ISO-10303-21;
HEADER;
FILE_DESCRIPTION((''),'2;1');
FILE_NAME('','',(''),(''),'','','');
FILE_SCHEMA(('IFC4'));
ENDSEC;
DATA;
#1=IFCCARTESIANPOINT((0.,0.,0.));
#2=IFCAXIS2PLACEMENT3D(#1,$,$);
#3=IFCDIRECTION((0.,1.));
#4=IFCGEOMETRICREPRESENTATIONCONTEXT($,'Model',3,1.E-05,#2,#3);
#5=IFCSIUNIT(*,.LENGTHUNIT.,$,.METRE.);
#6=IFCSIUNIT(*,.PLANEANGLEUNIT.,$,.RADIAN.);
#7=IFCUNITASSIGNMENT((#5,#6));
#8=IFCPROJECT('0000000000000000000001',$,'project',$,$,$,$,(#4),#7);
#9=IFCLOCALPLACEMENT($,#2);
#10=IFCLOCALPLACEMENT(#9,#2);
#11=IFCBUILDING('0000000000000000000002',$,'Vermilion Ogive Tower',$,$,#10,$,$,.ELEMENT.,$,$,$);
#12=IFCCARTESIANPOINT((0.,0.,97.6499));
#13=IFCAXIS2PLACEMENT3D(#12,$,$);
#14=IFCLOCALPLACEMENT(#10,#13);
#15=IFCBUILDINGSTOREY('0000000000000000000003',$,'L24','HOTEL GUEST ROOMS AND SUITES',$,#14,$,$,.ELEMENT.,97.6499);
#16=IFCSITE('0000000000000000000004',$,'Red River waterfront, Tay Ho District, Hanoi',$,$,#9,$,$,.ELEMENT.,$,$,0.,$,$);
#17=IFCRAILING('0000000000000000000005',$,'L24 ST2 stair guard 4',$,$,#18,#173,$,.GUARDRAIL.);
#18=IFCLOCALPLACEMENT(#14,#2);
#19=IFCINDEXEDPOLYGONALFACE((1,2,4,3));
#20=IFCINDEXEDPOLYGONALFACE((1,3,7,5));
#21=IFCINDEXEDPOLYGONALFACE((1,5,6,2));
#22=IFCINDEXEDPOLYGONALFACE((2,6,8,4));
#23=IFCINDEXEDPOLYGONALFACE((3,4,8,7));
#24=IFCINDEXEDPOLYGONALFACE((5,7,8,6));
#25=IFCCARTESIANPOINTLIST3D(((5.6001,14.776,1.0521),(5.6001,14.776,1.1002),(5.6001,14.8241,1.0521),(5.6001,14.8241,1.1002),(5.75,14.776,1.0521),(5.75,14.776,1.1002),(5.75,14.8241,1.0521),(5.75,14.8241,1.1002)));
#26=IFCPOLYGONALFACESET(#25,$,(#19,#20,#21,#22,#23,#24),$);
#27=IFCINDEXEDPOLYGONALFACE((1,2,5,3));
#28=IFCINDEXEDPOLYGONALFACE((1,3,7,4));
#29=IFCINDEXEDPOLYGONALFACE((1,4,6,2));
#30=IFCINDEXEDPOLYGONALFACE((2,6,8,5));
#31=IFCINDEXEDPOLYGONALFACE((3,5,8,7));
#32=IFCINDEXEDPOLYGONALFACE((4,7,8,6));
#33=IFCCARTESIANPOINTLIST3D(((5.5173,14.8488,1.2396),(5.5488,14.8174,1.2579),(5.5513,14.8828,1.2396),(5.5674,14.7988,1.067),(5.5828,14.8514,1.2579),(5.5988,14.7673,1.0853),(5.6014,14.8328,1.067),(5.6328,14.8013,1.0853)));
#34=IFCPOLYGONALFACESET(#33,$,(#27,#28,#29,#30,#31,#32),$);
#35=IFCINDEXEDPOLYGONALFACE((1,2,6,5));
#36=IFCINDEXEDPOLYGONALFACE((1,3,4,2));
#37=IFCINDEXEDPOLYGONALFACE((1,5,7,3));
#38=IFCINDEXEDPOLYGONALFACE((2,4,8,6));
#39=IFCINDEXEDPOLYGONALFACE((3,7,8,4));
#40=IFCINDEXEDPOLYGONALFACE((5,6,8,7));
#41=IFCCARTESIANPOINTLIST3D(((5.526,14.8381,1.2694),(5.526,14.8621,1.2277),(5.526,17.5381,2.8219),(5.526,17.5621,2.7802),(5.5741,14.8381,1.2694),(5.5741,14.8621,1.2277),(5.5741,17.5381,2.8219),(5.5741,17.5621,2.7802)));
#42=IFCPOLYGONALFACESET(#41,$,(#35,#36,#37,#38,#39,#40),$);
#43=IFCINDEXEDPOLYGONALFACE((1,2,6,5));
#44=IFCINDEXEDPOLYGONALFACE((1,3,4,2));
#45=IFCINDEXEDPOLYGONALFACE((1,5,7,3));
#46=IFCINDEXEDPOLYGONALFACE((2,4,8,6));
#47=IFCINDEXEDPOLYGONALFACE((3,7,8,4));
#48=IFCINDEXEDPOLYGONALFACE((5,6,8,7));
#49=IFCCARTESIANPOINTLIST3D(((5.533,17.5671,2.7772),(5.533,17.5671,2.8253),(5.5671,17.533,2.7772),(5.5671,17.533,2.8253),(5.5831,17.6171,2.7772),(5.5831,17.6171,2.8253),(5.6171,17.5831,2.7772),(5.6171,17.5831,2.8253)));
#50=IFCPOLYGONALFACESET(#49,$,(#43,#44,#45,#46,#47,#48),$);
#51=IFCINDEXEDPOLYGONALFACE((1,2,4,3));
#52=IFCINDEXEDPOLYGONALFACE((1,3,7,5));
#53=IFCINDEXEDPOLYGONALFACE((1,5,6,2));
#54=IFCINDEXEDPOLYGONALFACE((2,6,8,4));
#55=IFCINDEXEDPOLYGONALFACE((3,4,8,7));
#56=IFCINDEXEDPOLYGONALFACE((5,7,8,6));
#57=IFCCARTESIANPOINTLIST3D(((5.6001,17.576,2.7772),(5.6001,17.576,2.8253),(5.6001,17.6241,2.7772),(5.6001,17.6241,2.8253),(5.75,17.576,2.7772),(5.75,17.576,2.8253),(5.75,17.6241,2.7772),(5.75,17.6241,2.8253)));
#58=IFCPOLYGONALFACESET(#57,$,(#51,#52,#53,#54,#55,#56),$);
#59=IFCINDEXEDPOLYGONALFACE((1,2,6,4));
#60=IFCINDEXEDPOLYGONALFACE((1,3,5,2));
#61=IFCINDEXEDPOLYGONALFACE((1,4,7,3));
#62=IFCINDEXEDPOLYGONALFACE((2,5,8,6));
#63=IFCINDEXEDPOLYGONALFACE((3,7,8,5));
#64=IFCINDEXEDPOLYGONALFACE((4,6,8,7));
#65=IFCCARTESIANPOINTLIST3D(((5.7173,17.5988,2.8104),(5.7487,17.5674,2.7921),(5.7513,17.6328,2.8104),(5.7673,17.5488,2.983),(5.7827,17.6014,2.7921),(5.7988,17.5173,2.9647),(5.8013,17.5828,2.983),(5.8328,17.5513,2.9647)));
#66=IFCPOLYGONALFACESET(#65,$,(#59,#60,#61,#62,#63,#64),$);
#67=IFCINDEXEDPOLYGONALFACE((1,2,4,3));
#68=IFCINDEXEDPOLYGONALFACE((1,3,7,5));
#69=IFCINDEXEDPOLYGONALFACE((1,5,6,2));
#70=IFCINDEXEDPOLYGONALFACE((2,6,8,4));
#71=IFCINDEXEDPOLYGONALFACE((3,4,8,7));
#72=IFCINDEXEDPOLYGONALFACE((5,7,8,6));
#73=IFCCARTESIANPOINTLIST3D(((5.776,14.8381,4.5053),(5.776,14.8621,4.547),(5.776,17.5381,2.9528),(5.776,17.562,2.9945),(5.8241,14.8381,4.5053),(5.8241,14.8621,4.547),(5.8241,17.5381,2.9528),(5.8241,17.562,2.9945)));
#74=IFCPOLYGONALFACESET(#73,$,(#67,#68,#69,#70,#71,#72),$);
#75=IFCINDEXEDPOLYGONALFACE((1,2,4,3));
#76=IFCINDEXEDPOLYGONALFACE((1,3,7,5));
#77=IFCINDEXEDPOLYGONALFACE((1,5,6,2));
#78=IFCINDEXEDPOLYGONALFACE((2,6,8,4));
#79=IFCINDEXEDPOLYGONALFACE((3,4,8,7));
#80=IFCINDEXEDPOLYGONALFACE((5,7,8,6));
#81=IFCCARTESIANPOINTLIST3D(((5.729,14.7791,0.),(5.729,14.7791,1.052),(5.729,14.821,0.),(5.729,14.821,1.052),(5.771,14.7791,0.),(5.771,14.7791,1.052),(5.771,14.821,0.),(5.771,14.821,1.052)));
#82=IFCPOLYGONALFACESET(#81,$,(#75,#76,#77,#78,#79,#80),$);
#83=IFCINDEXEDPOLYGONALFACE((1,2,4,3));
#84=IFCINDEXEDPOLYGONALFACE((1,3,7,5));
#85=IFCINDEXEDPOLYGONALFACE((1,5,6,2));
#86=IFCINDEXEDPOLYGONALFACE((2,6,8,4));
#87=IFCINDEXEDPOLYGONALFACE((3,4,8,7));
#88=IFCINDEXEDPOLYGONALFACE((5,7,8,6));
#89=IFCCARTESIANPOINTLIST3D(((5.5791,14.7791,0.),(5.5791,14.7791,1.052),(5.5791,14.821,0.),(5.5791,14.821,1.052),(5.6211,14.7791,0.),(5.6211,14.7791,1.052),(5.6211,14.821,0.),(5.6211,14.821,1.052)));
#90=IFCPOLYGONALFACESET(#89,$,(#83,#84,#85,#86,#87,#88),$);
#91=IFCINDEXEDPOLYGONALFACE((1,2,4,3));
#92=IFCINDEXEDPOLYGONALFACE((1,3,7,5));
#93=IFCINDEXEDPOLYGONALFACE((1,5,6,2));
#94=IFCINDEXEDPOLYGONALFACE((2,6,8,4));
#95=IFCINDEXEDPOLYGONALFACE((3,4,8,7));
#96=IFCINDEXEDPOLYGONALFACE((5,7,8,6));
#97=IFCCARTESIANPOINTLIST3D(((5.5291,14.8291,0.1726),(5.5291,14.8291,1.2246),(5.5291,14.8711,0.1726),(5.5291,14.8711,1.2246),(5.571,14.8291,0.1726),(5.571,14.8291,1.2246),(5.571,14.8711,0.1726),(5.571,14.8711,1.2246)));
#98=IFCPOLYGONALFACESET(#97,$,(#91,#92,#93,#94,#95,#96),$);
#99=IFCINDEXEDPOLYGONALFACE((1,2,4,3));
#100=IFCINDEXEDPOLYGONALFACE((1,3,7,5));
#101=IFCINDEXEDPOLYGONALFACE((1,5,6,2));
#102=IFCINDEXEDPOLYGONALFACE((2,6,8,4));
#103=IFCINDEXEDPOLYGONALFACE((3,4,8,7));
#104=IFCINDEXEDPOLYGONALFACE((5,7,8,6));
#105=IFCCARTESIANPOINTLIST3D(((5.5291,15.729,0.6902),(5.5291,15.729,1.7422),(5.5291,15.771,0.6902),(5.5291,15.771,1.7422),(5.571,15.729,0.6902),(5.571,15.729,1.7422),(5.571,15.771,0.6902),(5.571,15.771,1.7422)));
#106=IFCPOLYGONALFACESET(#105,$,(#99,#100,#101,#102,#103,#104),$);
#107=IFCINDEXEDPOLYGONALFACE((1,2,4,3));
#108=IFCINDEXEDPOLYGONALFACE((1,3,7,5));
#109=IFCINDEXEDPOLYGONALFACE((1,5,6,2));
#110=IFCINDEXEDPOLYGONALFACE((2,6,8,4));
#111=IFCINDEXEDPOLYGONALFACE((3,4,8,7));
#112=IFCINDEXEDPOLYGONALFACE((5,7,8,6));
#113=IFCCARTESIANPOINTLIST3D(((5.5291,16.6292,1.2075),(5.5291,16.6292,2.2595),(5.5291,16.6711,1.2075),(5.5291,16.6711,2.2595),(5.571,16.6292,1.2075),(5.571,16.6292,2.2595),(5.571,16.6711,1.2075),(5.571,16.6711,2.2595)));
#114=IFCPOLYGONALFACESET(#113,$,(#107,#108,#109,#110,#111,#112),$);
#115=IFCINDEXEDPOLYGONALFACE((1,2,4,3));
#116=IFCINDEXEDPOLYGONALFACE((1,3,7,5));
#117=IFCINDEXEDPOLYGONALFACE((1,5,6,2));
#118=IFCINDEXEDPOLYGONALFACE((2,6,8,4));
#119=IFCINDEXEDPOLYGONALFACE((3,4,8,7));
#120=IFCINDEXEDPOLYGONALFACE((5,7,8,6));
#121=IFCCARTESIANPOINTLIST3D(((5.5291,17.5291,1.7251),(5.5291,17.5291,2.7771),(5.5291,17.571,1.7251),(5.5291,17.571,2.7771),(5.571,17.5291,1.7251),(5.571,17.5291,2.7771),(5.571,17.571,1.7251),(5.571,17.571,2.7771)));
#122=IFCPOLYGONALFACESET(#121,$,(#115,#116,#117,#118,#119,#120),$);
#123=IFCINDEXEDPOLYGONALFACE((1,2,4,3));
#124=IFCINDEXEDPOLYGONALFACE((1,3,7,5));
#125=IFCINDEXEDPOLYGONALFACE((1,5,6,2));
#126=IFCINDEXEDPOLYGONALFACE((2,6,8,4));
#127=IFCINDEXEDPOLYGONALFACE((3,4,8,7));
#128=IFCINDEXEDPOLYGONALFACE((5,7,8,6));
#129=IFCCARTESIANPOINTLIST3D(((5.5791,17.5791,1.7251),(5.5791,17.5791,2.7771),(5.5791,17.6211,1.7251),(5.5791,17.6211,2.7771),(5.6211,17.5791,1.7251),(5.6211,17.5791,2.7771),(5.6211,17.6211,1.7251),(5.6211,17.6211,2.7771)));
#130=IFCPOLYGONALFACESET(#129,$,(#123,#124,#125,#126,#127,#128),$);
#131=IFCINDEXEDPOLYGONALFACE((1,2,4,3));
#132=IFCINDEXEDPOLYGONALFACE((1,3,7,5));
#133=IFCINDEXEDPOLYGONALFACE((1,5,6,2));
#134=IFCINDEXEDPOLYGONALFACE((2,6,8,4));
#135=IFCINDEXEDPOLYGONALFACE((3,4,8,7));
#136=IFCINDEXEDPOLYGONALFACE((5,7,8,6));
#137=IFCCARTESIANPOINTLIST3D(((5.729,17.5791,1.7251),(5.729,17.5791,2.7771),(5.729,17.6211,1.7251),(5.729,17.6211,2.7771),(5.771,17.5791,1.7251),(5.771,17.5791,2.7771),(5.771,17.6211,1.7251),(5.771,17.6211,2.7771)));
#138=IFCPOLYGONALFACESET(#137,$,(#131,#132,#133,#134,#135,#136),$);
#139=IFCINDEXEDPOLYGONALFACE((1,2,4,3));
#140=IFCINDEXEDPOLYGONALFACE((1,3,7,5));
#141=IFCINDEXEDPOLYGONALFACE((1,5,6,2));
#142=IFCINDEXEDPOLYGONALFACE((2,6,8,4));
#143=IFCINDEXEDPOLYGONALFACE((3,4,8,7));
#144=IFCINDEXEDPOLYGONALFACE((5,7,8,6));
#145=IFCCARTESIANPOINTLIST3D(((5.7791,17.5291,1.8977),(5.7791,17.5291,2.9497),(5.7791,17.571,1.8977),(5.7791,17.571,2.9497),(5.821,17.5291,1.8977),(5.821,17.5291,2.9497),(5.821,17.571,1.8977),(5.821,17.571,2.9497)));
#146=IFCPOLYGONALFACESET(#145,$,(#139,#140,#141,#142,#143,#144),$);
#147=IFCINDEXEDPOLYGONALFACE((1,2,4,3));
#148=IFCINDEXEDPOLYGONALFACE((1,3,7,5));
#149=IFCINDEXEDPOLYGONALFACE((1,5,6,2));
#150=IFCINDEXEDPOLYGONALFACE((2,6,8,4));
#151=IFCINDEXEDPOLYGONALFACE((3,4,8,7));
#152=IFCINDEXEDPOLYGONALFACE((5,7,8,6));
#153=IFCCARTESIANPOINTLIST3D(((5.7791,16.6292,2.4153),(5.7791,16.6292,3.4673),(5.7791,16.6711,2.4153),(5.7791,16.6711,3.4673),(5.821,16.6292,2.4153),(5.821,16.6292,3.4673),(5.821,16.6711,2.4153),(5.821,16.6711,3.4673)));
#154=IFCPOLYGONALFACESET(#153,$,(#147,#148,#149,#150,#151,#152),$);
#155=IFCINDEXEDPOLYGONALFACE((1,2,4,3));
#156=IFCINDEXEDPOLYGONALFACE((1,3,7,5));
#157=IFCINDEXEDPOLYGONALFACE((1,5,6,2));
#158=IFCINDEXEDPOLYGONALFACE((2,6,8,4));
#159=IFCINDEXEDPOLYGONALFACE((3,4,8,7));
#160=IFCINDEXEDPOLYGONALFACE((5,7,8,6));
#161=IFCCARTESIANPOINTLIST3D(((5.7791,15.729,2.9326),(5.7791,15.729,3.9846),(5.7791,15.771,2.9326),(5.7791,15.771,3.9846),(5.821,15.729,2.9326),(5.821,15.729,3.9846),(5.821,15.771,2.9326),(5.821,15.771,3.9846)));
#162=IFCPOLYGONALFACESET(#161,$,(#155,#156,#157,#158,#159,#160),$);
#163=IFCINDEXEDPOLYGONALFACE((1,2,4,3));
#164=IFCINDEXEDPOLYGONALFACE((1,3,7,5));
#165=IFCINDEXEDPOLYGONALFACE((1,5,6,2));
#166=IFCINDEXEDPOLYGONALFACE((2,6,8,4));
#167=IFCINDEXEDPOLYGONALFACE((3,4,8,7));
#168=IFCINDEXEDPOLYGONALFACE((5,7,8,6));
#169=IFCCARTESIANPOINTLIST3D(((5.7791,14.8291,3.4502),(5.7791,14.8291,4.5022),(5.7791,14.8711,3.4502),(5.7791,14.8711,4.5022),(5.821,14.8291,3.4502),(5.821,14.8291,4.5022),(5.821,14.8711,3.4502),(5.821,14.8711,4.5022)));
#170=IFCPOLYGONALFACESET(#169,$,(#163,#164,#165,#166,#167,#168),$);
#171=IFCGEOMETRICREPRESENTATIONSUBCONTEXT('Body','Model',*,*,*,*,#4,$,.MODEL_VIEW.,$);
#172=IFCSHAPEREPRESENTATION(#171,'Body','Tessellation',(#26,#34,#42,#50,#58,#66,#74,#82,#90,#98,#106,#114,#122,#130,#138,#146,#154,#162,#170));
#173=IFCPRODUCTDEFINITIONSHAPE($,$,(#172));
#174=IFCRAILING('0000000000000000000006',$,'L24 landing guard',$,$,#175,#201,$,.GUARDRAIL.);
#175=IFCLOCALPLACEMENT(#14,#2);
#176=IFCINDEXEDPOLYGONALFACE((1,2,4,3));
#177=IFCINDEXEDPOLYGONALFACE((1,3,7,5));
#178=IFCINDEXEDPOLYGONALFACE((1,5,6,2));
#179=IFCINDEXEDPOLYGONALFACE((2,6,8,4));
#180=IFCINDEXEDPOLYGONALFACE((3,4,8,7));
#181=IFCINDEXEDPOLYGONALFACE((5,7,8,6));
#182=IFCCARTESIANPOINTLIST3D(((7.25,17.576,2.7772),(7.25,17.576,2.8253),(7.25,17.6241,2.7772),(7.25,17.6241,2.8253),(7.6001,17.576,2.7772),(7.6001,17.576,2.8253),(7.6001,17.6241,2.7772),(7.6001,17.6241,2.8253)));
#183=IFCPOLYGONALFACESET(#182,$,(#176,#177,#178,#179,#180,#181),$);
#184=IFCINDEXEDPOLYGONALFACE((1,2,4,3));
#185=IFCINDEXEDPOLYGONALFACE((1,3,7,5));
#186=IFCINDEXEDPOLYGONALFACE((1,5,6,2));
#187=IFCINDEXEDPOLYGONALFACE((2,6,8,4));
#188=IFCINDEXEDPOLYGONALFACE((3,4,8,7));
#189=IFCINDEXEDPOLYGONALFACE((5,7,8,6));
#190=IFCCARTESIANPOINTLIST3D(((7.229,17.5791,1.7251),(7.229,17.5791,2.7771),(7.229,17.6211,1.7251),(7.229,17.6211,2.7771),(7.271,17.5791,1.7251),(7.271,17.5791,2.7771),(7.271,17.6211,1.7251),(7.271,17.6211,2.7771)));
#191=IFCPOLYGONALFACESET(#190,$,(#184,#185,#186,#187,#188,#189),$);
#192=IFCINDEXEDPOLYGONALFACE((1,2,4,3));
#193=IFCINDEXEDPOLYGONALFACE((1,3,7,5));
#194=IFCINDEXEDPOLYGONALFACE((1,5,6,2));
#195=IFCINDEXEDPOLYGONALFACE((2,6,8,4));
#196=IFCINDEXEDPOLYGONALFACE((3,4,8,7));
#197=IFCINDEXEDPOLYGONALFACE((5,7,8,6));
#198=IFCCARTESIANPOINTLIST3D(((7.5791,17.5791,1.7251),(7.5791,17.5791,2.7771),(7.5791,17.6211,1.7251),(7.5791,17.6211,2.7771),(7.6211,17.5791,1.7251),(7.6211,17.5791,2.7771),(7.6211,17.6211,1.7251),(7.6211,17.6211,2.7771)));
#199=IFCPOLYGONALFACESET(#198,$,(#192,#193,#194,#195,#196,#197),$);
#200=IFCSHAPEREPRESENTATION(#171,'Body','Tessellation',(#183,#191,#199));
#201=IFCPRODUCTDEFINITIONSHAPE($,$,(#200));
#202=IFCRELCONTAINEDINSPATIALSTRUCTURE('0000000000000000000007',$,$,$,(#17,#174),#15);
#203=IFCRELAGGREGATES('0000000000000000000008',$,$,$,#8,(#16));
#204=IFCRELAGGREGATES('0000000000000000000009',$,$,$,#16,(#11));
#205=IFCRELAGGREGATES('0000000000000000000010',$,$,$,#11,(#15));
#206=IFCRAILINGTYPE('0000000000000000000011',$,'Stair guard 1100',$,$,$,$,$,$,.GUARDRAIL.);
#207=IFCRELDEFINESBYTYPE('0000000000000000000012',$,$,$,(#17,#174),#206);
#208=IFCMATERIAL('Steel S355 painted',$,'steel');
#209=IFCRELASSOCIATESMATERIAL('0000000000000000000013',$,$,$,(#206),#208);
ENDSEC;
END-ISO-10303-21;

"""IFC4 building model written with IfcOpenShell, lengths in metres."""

from ifc_helpers import new_model, si_unit, direction, frame, origin, origin_2d, place, context, subcontext, project, spatial, rectangle, extrude, material, type_object, element, save


model = new_model("IFC4")

# Units and contexts
model_context = context("Model", 3, precision=1e-05, world=origin(), true_north=direction((0.0, 1.0)))
body_context = subcontext(model_context, "Body", "Model", "MODEL_VIEW")
ifc_project = project(units=[si_unit("LENGTHUNIT", "METRE"), si_unit("PLANEANGLEUNIT", "RADIAN")], contexts=[model_context])

# Site, building, storey
site_placement = place(None, origin())
site = spatial("IfcSite", under=ifc_project, at=site_placement, Name="Red River waterfront, Tay Ho District, Hanoi", CompositionType="ELEMENT", RefElevation=0.0)
building_placement = place(site_placement, origin())
building = spatial("IfcBuilding", under=site, at=building_placement, Name="Vermilion Ogive Tower", CompositionType="ELEMENT")
storey_placement = place(building_placement, frame((0.0, 0.0, 97.6499)))
storey = spatial("IfcBuildingStorey", under=building, at=storey_placement, Name="L24", Description="HOTEL GUEST ROOMS AND SUITES", CompositionType="ELEMENT", Elevation=97.6499)

# Railings
ifc_material_1 = material(Name="Steel S355 painted", Category="steel")
railing_type_1 = type_object("IfcRailingType", Name="Stair guard 1100", PredefinedType="GUARDRAIL", material=ifc_material_1)
railing_1_placement = place(storey_placement, frame((5.75, 14.8, 0.0)))
element("IfcRailing", 1, at=railing_1_placement, inside=storey, type_object=railing_type_1, Name="L24 ST2 stair guard 4", PredefinedType="GUARDRAIL", context=body_context, shape_type="SweptSolid", body=[
    extrude(rectangle(XDim=0.0481, YDim=0.0481, at=origin_2d()), frame((0.0, 0.0, 1.0762), z_axis=(-1.0, 0.0, 0.0), x_axis=(0.0, -1.0, 0.0)), (0.0, 0.0, 1.0), 0.1499),
    extrude(rectangle(XDim=0.0481, YDim=0.0481, at=origin_2d()), frame((-0.1499, 0.0, 1.0762), z_axis=(-0.268278, 0.268278, 0.925232), x_axis=(-0.707107, -0.707107, 0.0)), (0.0, 0.0, 1.0), 0.1865),
    extrude(rectangle(XDim=0.0481, YDim=0.0481, at=origin_2d()), frame((-0.2, 0.05, 1.2485), z_axis=(0.0, 0.866904, 0.498476), x_axis=(-1.0, 0.0, 0.0)), (0.0, 0.0, 1.0), 3.1145),
    extrude(rectangle(XDim=0.0481, YDim=0.0481, at=origin_2d()), frame((-0.2, 2.75, 2.8013), z_axis=(0.707107, 0.707107, 0.0), x_axis=(-0.707107, 0.707107, 0.0)), (0.0, 0.0, 1.0), 0.0708),
    extrude(rectangle(XDim=0.0481, YDim=0.0481, at=origin_2d()), frame((-0.1499, 2.8, 2.8013), z_axis=(1.0, 0.0, 0.0), x_axis=(0.0, 1.0, 0.0)), (0.0, 0.0, 1.0), 0.1499),
    extrude(rectangle(XDim=0.0481, YDim=0.0481, at=origin_2d()), frame((0.0, 2.8, 2.8013), z_axis=(0.268278, -0.268278, 0.925232), x_axis=(0.707107, 0.707107, 0.0)), (0.0, 0.0, 1.0), 0.1865),
    extrude(rectangle(XDim=0.0481, YDim=0.0481, at=origin_2d()), frame((0.05, 2.75, 2.9736), z_axis=(0.0, -0.866904, 0.498476), x_axis=(1.0, 0.0, 0.0)), (0.0, 0.0, 1.0), 3.1145),
    extrude(rectangle(XDim=0.042, YDim=0.042, at=origin_2d()), origin(), (0.0, 0.0, 1.0), 1.052),
    extrude(rectangle(XDim=0.042, YDim=0.042, at=origin_2d()), frame((-0.1499, 0.0, 0.0)), (0.0, 0.0, 1.0), 1.052),
    extrude(rectangle(XDim=0.042, YDim=0.042, at=origin_2d()), frame((-0.2, 0.05, 0.1726)), (0.0, 0.0, 1.0), 1.052),
    extrude(rectangle(XDim=0.042, YDim=0.042, at=origin_2d()), frame((-0.2, 0.95, 0.6902)), (0.0, 0.0, 1.0), 1.052),
    extrude(rectangle(XDim=0.042, YDim=0.042, at=origin_2d()), frame((-0.2, 1.8501, 1.2075)), (0.0, 0.0, 1.0), 1.052),
    extrude(rectangle(XDim=0.042, YDim=0.042, at=origin_2d()), frame((-0.2, 2.75, 1.7251)), (0.0, 0.0, 1.0), 1.052),
    extrude(rectangle(XDim=0.042, YDim=0.042, at=origin_2d()), frame((-0.1499, 2.8, 1.7251)), (0.0, 0.0, 1.0), 1.052),
    extrude(rectangle(XDim=0.042, YDim=0.042, at=origin_2d()), frame((0.0, 2.8, 1.7251)), (0.0, 0.0, 1.0), 1.052),
    extrude(rectangle(XDim=0.042, YDim=0.042, at=origin_2d()), frame((0.05, 2.75, 1.8977)), (0.0, 0.0, 1.0), 1.052),
    extrude(rectangle(XDim=0.042, YDim=0.042, at=origin_2d()), frame((0.05, 1.8501, 2.4153)), (0.0, 0.0, 1.0), 1.052),
    extrude(rectangle(XDim=0.042, YDim=0.042, at=origin_2d()), frame((0.05, 0.95, 2.9326)), (0.0, 0.0, 1.0), 1.052),
    extrude(rectangle(XDim=0.042, YDim=0.042, at=origin_2d()), frame((0.05, 0.05, 3.4502)), (0.0, 0.0, 1.0), 1.052),
])
railing_2_placement = place(storey_placement, frame((7.25, 17.6001, 1.7251)))
element("IfcRailing", 2, at=railing_2_placement, inside=storey, type_object=railing_type_1, Name="L24 landing guard", PredefinedType="GUARDRAIL", context=body_context, shape_type="SweptSolid", body=[
    extrude(rectangle(XDim=0.0481, YDim=0.0481, at=origin_2d()), frame((0.0, 0.0, 1.0762), z_axis=(1.0, 0.0, 0.0), x_axis=(0.0, 1.0, 0.0)), (0.0, 0.0, 1.0), 0.3501),
    extrude(rectangle(XDim=0.042, YDim=0.042, at=origin_2d()), origin(), (0.0, 0.0, 1.0), 1.052),
    extrude(rectangle(XDim=0.042, YDim=0.042, at=origin_2d()), frame((0.3501, 0.0, 0.0)), (0.0, 0.0, 1.0), 1.052),
])

save(model, "model.ifc")
